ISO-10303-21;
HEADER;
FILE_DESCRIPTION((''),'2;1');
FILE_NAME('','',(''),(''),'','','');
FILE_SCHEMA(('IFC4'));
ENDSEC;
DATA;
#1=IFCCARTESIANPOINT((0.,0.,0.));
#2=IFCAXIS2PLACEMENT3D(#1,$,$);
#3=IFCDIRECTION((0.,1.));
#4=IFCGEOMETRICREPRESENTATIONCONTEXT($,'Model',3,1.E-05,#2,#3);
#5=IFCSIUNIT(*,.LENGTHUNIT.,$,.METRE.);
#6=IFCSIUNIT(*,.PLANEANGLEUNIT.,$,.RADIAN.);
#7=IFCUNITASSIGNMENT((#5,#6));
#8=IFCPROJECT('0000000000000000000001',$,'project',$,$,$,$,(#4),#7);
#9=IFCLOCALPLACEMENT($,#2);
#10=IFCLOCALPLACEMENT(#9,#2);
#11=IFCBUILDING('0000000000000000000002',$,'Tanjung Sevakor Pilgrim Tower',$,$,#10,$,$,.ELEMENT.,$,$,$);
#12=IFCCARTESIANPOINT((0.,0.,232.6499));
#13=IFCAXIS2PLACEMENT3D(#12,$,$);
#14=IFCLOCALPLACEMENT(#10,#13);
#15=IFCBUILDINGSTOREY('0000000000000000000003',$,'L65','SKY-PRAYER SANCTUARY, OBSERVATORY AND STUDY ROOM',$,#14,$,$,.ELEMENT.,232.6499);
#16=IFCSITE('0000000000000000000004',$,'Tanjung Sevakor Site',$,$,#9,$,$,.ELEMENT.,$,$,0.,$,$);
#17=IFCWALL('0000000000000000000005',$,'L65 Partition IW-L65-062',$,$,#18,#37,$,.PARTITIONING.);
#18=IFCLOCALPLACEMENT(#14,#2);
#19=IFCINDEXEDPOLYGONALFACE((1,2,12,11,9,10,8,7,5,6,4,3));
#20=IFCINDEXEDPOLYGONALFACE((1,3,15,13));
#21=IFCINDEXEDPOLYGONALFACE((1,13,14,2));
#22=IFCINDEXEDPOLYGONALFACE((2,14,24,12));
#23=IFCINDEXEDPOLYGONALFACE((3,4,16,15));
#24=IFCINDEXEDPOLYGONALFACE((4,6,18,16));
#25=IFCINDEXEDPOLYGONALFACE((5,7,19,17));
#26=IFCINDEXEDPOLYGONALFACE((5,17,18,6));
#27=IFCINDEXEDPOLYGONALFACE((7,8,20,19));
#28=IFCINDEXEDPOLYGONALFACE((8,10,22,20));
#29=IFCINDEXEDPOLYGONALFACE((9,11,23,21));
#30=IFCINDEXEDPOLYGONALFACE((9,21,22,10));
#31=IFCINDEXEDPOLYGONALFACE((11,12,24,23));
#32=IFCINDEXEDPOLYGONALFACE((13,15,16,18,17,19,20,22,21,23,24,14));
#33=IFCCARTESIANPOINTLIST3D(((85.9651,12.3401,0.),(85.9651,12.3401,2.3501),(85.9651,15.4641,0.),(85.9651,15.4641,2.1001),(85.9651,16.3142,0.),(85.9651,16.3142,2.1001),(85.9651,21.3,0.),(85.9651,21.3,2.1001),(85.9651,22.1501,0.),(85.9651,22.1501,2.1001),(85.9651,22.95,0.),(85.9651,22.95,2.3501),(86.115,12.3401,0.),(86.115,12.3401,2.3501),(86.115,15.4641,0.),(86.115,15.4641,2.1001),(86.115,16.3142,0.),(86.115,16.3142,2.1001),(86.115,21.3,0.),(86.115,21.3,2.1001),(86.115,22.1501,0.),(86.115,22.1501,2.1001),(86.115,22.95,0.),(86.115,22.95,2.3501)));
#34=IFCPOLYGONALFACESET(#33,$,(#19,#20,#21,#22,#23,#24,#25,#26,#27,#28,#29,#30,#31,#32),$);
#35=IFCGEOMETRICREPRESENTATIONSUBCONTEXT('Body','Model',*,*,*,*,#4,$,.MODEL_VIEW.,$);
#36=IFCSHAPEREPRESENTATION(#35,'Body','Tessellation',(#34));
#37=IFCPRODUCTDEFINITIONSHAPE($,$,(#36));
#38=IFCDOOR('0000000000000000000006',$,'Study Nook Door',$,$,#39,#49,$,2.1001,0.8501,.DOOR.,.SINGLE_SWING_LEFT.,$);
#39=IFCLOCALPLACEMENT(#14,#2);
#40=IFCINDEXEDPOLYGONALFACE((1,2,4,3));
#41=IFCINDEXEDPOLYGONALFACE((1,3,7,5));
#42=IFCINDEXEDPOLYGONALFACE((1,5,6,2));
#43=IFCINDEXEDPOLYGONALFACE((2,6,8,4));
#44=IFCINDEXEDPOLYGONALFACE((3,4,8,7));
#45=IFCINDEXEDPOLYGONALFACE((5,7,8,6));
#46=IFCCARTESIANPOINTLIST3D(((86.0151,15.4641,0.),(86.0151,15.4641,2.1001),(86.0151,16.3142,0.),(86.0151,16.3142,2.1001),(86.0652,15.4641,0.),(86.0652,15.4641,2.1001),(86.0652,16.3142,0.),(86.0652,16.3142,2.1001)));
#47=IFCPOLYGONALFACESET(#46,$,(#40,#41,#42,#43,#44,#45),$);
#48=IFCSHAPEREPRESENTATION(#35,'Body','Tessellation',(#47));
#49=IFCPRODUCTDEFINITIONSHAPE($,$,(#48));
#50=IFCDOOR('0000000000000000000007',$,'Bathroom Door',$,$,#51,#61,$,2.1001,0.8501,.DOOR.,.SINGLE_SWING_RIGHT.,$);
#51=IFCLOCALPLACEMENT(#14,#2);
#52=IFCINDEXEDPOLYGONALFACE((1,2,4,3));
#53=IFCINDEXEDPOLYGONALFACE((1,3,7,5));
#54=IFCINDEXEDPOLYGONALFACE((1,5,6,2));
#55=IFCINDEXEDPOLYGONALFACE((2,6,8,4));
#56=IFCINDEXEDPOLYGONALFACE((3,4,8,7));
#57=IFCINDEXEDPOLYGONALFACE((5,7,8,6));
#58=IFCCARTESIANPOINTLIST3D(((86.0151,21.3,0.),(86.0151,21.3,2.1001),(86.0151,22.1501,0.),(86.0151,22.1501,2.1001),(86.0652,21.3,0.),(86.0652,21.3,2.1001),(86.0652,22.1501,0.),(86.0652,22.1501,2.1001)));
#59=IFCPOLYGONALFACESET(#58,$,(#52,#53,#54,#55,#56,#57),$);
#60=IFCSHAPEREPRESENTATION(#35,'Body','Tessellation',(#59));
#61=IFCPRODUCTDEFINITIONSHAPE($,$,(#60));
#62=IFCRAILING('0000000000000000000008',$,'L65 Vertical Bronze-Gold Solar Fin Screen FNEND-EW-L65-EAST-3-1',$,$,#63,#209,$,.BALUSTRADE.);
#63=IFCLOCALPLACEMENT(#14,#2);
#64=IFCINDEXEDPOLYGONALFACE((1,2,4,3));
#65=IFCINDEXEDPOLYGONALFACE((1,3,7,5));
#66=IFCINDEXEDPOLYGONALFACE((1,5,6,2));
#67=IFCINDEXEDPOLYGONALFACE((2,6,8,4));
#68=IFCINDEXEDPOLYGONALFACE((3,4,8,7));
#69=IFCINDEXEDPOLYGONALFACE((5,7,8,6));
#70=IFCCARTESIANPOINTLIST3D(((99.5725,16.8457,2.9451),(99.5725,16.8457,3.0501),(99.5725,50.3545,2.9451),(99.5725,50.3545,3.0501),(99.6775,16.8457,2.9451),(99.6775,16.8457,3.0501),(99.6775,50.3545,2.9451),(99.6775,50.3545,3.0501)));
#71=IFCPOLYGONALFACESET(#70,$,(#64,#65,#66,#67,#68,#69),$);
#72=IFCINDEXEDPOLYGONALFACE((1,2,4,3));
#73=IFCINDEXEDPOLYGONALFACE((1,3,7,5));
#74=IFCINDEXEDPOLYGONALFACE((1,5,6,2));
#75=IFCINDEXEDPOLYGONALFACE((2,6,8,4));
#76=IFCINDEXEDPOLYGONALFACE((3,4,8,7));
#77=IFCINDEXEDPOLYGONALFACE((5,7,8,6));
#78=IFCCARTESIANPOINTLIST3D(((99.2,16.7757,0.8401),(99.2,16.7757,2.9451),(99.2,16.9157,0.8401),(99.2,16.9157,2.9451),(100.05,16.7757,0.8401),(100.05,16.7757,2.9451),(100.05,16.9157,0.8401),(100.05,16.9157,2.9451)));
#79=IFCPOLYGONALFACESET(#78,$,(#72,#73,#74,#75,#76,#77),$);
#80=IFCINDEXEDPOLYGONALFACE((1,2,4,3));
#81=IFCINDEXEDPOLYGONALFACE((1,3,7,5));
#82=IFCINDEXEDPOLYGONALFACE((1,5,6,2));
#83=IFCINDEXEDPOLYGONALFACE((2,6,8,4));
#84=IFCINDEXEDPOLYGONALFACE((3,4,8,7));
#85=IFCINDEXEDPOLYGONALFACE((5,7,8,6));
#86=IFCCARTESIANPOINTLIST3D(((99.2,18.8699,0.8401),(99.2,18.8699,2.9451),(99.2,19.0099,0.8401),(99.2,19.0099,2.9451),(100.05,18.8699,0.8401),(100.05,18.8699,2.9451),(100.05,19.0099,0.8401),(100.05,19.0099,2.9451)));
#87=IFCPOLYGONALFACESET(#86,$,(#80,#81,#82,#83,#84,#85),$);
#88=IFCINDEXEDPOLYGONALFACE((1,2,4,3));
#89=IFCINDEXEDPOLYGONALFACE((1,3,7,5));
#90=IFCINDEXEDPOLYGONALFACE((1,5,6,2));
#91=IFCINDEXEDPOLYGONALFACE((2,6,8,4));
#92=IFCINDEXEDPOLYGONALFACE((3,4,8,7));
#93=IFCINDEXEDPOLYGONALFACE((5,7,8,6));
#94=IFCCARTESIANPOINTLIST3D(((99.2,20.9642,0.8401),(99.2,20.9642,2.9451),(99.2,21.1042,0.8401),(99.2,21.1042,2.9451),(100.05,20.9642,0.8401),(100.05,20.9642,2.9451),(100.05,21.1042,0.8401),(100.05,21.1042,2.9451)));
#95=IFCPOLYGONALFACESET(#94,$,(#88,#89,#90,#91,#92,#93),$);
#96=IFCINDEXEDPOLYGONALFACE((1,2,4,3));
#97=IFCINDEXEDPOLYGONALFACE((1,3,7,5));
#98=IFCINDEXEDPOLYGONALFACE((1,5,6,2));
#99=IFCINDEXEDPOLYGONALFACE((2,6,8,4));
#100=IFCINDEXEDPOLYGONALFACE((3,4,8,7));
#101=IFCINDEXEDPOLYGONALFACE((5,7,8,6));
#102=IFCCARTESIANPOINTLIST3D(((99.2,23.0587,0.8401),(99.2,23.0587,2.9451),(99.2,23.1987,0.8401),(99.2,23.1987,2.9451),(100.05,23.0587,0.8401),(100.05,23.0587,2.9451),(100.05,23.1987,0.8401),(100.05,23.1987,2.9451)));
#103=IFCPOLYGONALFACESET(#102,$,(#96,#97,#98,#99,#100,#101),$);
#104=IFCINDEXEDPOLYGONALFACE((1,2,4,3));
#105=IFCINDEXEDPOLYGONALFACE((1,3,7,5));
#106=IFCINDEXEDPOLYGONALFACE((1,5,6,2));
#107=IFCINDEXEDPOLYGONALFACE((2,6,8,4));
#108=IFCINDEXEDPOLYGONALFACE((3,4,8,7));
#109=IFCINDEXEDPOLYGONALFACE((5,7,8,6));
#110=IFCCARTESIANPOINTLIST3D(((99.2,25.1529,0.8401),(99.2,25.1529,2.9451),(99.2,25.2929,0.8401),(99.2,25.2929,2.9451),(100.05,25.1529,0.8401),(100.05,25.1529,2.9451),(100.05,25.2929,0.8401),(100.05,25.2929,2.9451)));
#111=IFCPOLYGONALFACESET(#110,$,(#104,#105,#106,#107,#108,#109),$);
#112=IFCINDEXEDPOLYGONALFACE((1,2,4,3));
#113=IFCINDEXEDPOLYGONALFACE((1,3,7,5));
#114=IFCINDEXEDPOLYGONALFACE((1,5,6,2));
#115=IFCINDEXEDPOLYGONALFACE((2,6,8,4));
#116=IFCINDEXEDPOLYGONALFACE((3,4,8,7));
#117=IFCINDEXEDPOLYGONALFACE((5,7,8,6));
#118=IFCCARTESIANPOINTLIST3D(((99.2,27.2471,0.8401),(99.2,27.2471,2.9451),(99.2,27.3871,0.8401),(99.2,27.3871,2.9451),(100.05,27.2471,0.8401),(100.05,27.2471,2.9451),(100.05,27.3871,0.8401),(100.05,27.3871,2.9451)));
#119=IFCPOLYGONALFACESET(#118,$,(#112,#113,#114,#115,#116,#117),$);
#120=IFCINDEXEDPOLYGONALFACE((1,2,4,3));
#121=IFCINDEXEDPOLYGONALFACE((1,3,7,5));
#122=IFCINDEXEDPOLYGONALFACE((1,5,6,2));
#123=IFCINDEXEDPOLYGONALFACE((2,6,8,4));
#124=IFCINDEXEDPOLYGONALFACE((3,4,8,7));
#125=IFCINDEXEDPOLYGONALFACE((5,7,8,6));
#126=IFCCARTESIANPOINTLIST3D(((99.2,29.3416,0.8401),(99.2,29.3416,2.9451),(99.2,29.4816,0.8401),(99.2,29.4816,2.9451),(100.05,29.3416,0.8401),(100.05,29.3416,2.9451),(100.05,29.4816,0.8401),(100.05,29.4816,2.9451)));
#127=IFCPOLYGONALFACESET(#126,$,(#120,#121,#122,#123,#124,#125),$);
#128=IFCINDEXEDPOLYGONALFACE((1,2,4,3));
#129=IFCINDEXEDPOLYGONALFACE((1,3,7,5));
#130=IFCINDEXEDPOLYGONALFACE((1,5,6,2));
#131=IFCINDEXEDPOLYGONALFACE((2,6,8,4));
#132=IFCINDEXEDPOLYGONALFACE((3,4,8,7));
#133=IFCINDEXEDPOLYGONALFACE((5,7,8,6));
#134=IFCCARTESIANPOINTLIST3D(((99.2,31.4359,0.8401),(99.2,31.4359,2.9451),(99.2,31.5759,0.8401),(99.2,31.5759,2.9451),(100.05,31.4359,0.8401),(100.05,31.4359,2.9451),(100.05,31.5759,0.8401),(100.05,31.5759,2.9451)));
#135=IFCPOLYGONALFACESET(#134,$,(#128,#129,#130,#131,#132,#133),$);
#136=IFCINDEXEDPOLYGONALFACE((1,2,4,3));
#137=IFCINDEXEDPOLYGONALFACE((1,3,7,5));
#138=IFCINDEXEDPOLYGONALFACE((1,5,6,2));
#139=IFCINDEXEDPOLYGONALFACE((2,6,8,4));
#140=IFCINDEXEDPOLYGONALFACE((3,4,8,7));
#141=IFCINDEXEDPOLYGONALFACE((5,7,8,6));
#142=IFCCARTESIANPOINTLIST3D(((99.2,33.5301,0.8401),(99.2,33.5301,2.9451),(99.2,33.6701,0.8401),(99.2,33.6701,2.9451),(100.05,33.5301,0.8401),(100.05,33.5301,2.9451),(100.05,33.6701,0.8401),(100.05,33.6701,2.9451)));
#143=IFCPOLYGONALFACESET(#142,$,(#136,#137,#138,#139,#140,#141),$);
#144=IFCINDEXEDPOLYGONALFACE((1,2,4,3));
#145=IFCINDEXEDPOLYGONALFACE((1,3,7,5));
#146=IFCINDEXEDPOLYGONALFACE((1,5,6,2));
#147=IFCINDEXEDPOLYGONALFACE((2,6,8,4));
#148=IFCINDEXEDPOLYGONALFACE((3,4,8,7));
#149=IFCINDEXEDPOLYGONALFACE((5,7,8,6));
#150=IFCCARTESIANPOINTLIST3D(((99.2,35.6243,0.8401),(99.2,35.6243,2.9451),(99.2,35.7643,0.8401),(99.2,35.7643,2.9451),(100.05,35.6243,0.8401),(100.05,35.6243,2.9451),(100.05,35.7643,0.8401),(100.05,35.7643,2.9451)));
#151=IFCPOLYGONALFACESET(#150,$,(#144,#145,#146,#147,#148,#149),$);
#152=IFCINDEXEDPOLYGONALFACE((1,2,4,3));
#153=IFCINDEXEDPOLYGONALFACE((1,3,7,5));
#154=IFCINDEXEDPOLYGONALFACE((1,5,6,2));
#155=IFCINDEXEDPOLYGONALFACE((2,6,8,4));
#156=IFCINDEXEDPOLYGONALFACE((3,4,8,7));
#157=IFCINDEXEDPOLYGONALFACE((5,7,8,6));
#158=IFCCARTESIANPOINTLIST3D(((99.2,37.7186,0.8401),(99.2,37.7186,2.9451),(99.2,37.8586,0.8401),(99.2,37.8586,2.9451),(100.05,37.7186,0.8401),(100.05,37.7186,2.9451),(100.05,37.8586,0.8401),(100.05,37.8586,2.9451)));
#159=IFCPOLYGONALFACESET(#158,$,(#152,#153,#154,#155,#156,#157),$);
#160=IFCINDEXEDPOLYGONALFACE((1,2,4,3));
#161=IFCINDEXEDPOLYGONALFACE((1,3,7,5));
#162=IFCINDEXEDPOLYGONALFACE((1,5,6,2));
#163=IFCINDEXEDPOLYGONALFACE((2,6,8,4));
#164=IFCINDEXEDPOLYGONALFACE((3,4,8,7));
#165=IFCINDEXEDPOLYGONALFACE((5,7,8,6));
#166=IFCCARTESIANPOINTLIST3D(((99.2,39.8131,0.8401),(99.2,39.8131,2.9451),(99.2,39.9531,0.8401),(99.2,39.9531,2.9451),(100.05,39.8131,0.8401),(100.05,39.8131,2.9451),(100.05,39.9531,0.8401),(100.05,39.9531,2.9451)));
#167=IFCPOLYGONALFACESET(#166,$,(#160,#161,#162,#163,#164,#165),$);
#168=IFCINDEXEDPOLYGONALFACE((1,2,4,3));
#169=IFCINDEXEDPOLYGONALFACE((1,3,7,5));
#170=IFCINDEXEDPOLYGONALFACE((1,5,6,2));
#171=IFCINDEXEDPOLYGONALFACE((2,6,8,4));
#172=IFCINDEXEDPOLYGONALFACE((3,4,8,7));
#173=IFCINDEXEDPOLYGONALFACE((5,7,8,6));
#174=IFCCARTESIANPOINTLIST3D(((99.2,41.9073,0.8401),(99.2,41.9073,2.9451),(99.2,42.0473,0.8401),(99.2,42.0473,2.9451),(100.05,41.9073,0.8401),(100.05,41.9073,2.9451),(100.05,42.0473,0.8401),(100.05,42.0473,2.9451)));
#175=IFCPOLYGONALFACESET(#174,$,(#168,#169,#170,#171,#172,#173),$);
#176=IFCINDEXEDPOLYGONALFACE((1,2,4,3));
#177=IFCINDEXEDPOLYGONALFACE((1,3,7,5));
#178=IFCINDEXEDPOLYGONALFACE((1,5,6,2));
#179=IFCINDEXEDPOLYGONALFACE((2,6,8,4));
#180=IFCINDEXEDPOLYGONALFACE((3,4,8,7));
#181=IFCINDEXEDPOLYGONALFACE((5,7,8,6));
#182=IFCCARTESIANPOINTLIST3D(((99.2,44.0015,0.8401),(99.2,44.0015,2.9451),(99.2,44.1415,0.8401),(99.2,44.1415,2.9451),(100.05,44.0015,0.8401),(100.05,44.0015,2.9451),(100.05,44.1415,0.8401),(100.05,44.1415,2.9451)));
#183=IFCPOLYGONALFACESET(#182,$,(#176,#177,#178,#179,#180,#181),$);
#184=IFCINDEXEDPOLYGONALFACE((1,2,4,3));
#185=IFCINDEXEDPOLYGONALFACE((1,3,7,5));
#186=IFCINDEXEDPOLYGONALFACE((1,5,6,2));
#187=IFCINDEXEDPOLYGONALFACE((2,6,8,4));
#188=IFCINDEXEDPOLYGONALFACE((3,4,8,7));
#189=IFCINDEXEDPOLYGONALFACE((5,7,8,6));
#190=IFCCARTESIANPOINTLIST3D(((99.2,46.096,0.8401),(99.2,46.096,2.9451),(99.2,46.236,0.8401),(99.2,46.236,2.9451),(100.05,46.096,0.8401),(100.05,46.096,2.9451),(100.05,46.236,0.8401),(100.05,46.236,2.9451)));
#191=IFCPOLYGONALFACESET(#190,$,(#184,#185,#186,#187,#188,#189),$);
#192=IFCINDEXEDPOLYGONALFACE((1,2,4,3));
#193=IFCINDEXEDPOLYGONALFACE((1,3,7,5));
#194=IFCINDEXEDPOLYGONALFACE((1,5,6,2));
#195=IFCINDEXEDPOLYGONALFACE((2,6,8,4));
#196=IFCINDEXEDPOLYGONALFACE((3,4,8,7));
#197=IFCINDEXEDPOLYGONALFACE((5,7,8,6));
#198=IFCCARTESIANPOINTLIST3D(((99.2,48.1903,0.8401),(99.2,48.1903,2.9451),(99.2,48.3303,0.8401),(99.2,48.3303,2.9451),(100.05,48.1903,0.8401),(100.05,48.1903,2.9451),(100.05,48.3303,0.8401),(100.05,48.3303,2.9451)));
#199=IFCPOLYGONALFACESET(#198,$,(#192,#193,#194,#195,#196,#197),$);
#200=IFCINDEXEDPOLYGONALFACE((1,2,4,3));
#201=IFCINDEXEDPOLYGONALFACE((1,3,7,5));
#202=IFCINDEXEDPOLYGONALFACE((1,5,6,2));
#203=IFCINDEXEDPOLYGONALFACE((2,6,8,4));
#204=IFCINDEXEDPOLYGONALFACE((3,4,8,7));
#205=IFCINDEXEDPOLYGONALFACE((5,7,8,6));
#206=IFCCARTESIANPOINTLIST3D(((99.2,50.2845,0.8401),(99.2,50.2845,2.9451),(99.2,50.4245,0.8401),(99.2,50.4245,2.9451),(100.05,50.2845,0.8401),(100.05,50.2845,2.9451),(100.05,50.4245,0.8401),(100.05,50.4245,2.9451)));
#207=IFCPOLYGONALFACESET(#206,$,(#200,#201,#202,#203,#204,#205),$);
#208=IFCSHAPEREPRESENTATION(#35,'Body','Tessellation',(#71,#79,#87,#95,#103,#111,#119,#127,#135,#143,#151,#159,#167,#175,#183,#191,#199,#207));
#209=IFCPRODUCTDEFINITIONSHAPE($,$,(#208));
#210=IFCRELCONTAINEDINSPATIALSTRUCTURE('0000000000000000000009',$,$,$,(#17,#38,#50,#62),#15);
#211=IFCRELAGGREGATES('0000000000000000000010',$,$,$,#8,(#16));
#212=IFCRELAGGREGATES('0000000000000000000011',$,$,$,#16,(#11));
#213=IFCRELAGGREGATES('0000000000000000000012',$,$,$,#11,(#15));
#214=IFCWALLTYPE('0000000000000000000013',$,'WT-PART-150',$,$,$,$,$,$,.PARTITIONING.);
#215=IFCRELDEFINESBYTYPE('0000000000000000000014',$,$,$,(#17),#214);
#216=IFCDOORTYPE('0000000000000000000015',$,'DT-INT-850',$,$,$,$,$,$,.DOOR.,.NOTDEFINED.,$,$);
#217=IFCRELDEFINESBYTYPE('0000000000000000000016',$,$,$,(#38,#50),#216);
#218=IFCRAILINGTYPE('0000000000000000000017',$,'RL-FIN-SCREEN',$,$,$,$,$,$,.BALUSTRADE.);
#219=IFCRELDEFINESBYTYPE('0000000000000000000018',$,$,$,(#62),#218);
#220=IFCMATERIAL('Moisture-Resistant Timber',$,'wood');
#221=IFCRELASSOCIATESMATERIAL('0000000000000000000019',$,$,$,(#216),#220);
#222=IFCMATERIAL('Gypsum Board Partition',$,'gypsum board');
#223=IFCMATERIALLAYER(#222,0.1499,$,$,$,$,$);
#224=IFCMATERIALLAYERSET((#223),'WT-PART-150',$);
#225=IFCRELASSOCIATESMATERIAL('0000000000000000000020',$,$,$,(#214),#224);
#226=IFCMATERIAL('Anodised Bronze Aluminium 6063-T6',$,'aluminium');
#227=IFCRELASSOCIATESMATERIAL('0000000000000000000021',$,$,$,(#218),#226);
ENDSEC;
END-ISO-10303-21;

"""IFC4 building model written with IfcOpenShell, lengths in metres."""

from ifc_helpers import new_model, si_unit, direction, frame, frame_2d, origin, place, context, subcontext, project, spatial, rectangle, extrude, material, layer, layer_set, type_object, element, fill, save


model = new_model("IFC4")

# Units and contexts
model_context = context("Model", 3, precision=1e-05, world=origin(), true_north=direction((0.0, 1.0)))
body_context = subcontext(model_context, "Body", "Model", "MODEL_VIEW")
ifc_project = project(units=[si_unit("LENGTHUNIT", "METRE"), si_unit("PLANEANGLEUNIT", "RADIAN")], contexts=[model_context])

# Site, building, storey
site_placement = place(None, origin())
site = spatial("IfcSite", under=ifc_project, at=site_placement, Name="Tanjung Sevakor Site", CompositionType="ELEMENT", RefElevation=0.0)
building_placement = place(site_placement, origin())
building = spatial("IfcBuilding", under=site, at=building_placement, Name="Tanjung Sevakor Pilgrim Tower", CompositionType="ELEMENT")
storey_placement = place(building_placement, frame((0.0, 0.0, 232.6499)))
storey = spatial("IfcBuildingStorey", under=building, at=storey_placement, Name="L65", Description="SKY-PRAYER SANCTUARY, OBSERVATORY AND STUDY ROOM", CompositionType="ELEMENT", Elevation=232.6499)

# Shared definitions
ifc_material_1 = material(Name="Moisture-Resistant Timber", Category="wood")
door_type = type_object("IfcDoorType", Name="DT-INT-850", OperationType="NOTDEFINED", PredefinedType="DOOR", material=ifc_material_1)

# Wall, openings, doors
ifc_material_2 = material(Name="Gypsum Board Partition", Category="gypsum board")
ifc_layer_1 = layer(ifc_material_2, 0.1499)
ifc_layer_set_1 = layer_set([ifc_layer_1], Name="WT-PART-150")
wall_type_1 = type_object("IfcWallType", Name="WT-PART-150", PredefinedType="PARTITIONING", material=ifc_layer_set_1)
wall_1_placement = place(storey_placement, frame((86.04, 12.3401, 0.0), z_axis=(0.0, 0.0, 1.0), x_axis=(0.0, 1.0, 0.0)))
wall_1 = element("IfcWall", 1, at=wall_1_placement, inside=storey, type_object=wall_type_1, Name="L65 Partition IW-L65-062", PredefinedType="PARTITIONING", context=body_context, shape_type="SweptSolid", body=[
    extrude(rectangle(XDim=10.6099, YDim=0.1499, at=frame_2d((5.3049, 0.0))), origin(), (0.0, 0.0, 1.0), 2.3501),
])
opening_1_placement = place(wall_1_placement, frame((3.124, 0.0, 0.0)))
opening_1 = element("IfcOpeningElement", 2, at=opening_1_placement, cuts=wall_1, PredefinedType="OPENING", context=body_context, shape_type="SweptSolid", body=[
    extrude(rectangle(XDim=0.8501, YDim=2.1001, at=frame_2d((0.425, 1.05))), frame((0.0, 0.085, 0.0), z_axis=(0.0, -1.0, 0.0), x_axis=(1.0, 0.0, 0.0)), (0.0, 0.0, 1.0), 0.1699),
])
opening_2_placement = place(wall_1_placement, frame((8.96, 0.0, 0.0)))
opening_2 = element("IfcOpeningElement", 3, at=opening_2_placement, cuts=wall_1, PredefinedType="OPENING", context=body_context, shape_type="SweptSolid", body=[
    extrude(rectangle(XDim=0.8501, YDim=2.1001, at=frame_2d((0.425, 1.05))), frame((0.0, 0.085, 0.0), z_axis=(0.0, -1.0, 0.0), x_axis=(1.0, 0.0, 0.0)), (0.0, 0.0, 1.0), 0.1699),
])
door_1_placement = place(opening_1_placement, origin())
door_1 = element("IfcDoor", 4, at=door_1_placement, inside=storey, type_object=door_type, Name="Study Nook Door", OperationType="SINGLE_SWING_LEFT", OverallHeight=2.1001, OverallWidth=0.8501, PredefinedType="DOOR", context=body_context, shape_type="SweptSolid", body=[
    extrude(rectangle(XDim=0.8501, YDim=2.1001, at=frame_2d((0.425, 1.05))), frame((0.0, 0.0249, 0.0), z_axis=(0.0, -1.0, 0.0), x_axis=(1.0, 0.0, 0.0)), (0.0, 0.0, 1.0), 0.05),
])
fill(opening_1, door_1)
door_2_placement = place(opening_2_placement, origin())
door_2 = element("IfcDoor", 5, at=door_2_placement, inside=storey, type_object=door_type, Name="Bathroom Door", OperationType="SINGLE_SWING_RIGHT", OverallHeight=2.1001, OverallWidth=0.8501, PredefinedType="DOOR", context=body_context, shape_type="SweptSolid", body=[
    extrude(rectangle(XDim=0.8501, YDim=2.1001, at=frame_2d((0.425, 1.05))), frame((0.0, 0.0249, 0.0), z_axis=(0.0, -1.0, 0.0), x_axis=(1.0, 0.0, 0.0)), (0.0, 0.0, 1.0), 0.05),
])
fill(opening_2, door_2)

# Railing
ifc_material_3 = material(Name="Anodised Bronze Aluminium 6063-T6", Category="aluminium")
railing_type = type_object("IfcRailingType", Name="RL-FIN-SCREEN", PredefinedType="BALUSTRADE", material=ifc_material_3)
railing_placement = place(storey_placement, frame((99.625, 16.8457, 0.8401)))
element("IfcRailing", 6, at=railing_placement, inside=storey, type_object=railing_type, Name="L65 Vertical Bronze-Gold Solar Fin Screen FNEND-EW-L65-EAST-3-1", PredefinedType="BALUSTRADE", context=body_context, shape_type="SweptSolid", body=[
    extrude(rectangle(XDim=0.105, YDim=0.105), frame((0.0, 0.0, 2.1575), z_axis=(0.0, 1.0, 0.0), x_axis=(-1.0, 0.0, 0.0)), (0.0, 0.0, 1.0), 33.5088),
    extrude(rectangle(XDim=0.85, YDim=0.14), origin(), (0.0, 0.0, 1.0), 2.105),
    extrude(rectangle(XDim=0.85, YDim=0.14), frame((0.0, 2.0942, 0.0)), (0.0, 0.0, 1.0), 2.105),
    extrude(rectangle(XDim=0.85, YDim=0.14), frame((0.0, 4.1885, 0.0)), (0.0, 0.0, 1.0), 2.105),
    extrude(rectangle(XDim=0.85, YDim=0.14), frame((0.0, 6.283, 0.0)), (0.0, 0.0, 1.0), 2.105),
    extrude(rectangle(XDim=0.85, YDim=0.14), frame((0.0, 8.3772, 0.0)), (0.0, 0.0, 1.0), 2.105),
    extrude(rectangle(XDim=0.85, YDim=0.14), frame((0.0, 10.4714, 0.0)), (0.0, 0.0, 1.0), 2.105),
    extrude(rectangle(XDim=0.85, YDim=0.14), frame((0.0, 12.5659, 0.0)), (0.0, 0.0, 1.0), 2.105),
    extrude(rectangle(XDim=0.85, YDim=0.14), frame((0.0, 14.6602, 0.0)), (0.0, 0.0, 1.0), 2.105),
    extrude(rectangle(XDim=0.85, YDim=0.14), frame((0.0, 16.7544, 0.0)), (0.0, 0.0, 1.0), 2.105),
    extrude(rectangle(XDim=0.85, YDim=0.14), frame((0.0, 18.8486, 0.0)), (0.0, 0.0, 1.0), 2.105),
    extrude(rectangle(XDim=0.85, YDim=0.14), frame((0.0, 20.9429, 0.0)), (0.0, 0.0, 1.0), 2.105),
    extrude(rectangle(XDim=0.85, YDim=0.14), frame((0.0, 23.0374, 0.0)), (0.0, 0.0, 1.0), 2.105),
    extrude(rectangle(XDim=0.85, YDim=0.14), frame((0.0, 25.1316, 0.0)), (0.0, 0.0, 1.0), 2.105),
    extrude(rectangle(XDim=0.85, YDim=0.14), frame((0.0, 27.2258, 0.0)), (0.0, 0.0, 1.0), 2.105),
    extrude(rectangle(XDim=0.85, YDim=0.14), frame((0.0, 29.3203, 0.0)), (0.0, 0.0, 1.0), 2.105),
    extrude(rectangle(XDim=0.85, YDim=0.14), frame((0.0, 31.4146, 0.0)), (0.0, 0.0, 1.0), 2.105),
    extrude(rectangle(XDim=0.85, YDim=0.14), frame((0.0, 33.5088, 0.0)), (0.0, 0.0, 1.0), 2.105),
])

save(model, "model.ifc")
